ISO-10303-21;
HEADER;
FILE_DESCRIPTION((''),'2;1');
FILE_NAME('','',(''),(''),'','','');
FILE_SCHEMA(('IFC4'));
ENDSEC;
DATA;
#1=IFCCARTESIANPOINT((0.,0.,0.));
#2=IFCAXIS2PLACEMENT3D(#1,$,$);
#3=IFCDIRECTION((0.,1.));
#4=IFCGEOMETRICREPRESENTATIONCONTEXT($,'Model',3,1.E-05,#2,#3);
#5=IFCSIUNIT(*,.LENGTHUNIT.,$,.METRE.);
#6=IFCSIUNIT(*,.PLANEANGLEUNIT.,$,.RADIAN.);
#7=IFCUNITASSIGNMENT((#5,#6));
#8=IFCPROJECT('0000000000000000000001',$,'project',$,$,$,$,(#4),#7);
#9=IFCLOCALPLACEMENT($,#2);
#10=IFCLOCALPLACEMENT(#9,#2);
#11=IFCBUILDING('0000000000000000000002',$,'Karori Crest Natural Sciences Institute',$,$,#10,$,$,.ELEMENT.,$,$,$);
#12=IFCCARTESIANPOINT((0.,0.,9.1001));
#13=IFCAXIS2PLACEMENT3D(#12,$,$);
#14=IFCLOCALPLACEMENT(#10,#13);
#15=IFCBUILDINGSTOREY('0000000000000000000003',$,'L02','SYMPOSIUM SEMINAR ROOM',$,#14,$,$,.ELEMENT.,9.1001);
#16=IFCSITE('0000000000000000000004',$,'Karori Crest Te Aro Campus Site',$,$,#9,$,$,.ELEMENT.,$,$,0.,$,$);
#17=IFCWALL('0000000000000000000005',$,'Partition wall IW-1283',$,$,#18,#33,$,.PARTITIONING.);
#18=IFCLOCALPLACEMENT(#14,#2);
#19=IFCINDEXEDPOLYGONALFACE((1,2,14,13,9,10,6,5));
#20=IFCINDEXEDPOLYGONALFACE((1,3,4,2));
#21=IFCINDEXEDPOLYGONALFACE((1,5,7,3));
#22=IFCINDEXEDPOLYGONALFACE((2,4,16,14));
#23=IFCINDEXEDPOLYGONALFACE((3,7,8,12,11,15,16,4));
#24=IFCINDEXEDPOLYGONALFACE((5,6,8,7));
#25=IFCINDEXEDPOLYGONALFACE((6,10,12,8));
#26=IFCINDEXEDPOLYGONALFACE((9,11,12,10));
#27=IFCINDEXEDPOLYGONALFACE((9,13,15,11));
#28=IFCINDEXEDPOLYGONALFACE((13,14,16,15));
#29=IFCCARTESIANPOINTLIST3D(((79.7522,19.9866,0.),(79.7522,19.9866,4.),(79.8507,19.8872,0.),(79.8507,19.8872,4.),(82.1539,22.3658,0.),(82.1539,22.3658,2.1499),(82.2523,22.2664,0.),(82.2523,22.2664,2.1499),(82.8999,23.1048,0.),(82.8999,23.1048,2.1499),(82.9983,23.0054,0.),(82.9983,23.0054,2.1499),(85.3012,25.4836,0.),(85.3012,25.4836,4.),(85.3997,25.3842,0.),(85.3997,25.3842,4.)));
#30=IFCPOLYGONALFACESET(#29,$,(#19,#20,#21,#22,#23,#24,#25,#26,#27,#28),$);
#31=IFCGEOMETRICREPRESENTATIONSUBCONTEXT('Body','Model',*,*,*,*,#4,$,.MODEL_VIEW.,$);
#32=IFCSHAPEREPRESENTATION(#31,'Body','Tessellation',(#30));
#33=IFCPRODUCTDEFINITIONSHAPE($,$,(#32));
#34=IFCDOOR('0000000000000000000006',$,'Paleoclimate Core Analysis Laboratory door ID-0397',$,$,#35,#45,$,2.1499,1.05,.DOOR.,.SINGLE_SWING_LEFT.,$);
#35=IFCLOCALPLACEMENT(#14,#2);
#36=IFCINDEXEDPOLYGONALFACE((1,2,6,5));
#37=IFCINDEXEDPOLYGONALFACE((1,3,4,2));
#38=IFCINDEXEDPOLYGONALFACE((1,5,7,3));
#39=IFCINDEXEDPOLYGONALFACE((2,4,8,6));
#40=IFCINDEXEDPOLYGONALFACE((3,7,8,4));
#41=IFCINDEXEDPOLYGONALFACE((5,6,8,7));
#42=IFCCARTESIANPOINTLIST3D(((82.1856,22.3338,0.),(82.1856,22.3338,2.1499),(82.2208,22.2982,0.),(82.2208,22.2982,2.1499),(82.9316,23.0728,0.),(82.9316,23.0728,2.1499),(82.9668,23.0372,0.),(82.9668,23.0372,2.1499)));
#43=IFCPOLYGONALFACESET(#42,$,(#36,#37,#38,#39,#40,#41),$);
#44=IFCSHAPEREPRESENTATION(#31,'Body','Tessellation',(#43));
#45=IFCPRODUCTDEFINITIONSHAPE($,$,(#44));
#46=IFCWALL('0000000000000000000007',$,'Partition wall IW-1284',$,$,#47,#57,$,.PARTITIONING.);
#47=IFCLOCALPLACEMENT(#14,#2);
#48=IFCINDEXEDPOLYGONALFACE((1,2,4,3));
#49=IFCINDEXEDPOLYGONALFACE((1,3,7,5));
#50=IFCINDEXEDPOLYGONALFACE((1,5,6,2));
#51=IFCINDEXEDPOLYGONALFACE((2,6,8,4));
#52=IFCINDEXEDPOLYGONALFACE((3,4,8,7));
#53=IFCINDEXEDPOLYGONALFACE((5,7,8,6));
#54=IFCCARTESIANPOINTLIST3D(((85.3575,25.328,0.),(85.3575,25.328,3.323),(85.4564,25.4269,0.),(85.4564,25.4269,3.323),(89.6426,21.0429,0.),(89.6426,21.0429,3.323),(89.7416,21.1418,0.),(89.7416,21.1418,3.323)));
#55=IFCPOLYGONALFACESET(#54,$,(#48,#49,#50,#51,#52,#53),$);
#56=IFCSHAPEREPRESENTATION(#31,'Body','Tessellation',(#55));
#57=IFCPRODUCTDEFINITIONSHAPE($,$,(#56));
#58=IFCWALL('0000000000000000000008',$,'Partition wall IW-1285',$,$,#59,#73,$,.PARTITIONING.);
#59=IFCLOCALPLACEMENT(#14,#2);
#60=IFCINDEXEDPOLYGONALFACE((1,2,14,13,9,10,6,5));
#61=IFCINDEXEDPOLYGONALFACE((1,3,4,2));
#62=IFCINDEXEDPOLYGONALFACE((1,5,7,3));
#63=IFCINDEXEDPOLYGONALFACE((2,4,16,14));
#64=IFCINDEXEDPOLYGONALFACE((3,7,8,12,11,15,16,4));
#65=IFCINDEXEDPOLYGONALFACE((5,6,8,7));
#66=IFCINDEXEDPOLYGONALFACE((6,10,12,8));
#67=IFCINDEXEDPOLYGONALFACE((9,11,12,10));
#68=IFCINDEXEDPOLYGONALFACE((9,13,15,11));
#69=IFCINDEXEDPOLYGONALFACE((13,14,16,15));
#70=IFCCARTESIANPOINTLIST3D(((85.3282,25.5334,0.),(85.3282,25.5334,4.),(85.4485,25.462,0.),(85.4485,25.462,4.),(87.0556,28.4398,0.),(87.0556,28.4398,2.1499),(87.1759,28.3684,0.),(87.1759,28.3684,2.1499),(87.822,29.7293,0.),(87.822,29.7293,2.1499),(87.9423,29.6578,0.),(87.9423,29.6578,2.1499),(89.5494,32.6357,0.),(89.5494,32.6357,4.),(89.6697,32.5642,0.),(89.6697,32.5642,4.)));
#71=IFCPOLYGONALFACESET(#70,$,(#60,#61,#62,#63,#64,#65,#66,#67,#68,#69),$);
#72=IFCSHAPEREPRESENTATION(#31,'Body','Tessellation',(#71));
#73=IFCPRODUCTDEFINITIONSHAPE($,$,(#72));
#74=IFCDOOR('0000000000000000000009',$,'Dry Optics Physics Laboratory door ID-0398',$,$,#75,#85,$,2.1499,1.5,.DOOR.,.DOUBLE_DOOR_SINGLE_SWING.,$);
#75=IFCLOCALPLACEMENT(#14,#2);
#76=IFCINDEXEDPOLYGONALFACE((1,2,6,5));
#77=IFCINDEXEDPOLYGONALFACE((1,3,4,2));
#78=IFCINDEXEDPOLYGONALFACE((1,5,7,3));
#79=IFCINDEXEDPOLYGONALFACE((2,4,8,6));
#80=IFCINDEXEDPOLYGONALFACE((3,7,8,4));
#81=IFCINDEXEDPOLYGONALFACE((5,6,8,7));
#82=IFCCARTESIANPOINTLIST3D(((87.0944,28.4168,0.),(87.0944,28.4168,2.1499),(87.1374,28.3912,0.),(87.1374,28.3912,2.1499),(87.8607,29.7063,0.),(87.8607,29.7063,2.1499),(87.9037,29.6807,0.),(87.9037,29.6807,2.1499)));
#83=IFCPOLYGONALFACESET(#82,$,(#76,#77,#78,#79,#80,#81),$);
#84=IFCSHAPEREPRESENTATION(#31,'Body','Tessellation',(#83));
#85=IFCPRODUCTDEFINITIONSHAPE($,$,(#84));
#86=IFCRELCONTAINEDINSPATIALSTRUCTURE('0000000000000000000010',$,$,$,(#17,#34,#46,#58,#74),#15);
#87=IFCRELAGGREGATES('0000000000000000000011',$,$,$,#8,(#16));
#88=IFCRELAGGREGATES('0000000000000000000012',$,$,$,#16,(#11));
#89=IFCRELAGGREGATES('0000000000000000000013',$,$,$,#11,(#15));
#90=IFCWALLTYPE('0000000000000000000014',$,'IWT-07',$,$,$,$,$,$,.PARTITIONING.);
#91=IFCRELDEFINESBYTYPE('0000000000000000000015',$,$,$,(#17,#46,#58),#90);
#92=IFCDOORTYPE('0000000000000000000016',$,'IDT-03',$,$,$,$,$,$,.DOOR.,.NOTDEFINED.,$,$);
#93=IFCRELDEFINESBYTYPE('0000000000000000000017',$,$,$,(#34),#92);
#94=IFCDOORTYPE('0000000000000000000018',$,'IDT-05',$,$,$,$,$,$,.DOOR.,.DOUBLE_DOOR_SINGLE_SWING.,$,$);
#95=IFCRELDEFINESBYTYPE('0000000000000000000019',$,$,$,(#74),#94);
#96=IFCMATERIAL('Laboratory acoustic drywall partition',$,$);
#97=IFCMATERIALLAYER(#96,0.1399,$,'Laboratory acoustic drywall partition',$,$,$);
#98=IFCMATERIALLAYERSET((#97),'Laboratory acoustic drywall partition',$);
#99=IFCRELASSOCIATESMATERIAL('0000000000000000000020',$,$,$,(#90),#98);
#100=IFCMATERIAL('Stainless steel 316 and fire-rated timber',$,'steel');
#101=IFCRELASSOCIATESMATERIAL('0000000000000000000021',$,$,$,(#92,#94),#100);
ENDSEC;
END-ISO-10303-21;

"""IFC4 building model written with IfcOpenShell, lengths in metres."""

from ifc_helpers import new_model, si_unit, direction, frame, frame_2d, origin, place, context, subcontext, project, spatial, rectangle, extrude, material, layer, layer_set, type_object, element, fill, save


model = new_model("IFC4")

# Units and contexts
model_context = context("Model", 3, precision=1e-05, world=origin(), true_north=direction((0.0, 1.0)))
body_context = subcontext(model_context, "Body", "Model", "MODEL_VIEW")
ifc_project = project(units=[si_unit("LENGTHUNIT", "METRE"), si_unit("PLANEANGLEUNIT", "RADIAN")], contexts=[model_context])

# Site, building, storey
site_placement = place(None, origin())
site = spatial("IfcSite", under=ifc_project, at=site_placement, Name="Karori Crest Te Aro Campus Site", CompositionType="ELEMENT", RefElevation=0.0)
building_placement = place(site_placement, origin())
building = spatial("IfcBuilding", under=site, at=building_placement, Name="Karori Crest Natural Sciences Institute", CompositionType="ELEMENT")
storey_placement = place(building_placement, frame((0.0, 0.0, 9.1001)))
storey = spatial("IfcBuildingStorey", under=building, at=storey_placement, Name="L02", Description="SYMPOSIUM SEMINAR ROOM", CompositionType="ELEMENT", Elevation=9.1001)

# Shared definitions
ifc_material_1 = material(Name="Laboratory acoustic drywall partition")
ifc_layer_1 = layer(ifc_material_1, 0.1399, Name="Laboratory acoustic drywall partition")
ifc_layer_set_1 = layer_set([ifc_layer_1], Name="Laboratory acoustic drywall partition")
wall_type = type_object("IfcWallType", Name="IWT-07", PredefinedType="PARTITIONING", material=ifc_layer_set_1)

# Wall, opening, door
wall_1_placement = place(storey_placement, frame((79.8015, 19.937, 0.0), z_axis=(0.0, 0.0, 1.0), x_axis=(0.710428, 0.70377, 0.0)))
wall_1 = element("IfcWall", 1, at=wall_1_placement, inside=storey, type_object=wall_type, Name="Partition wall IW-1283", PredefinedType="PARTITIONING", context=body_context, shape_type="SweptSolid", body=[
    extrude(rectangle(XDim=7.8108, YDim=0.1399, at=frame_2d((3.9053, 0.0))), origin(), (0.0, 0.0, 1.0), 4.0),
])
opening_1_placement = place(wall_1_placement, frame((3.3806, 0.0, 0.0)))
opening_1 = element("IfcOpeningElement", 2, at=opening_1_placement, cuts=wall_1, PredefinedType="OPENING", context=body_context, shape_type="SweptSolid", body=[
    extrude(rectangle(XDim=1.05, YDim=2.1499, at=frame_2d((0.5249, 1.075))), frame((0.0, 0.0801, 0.0), z_axis=(0.0, -1.0, 0.0), x_axis=(1.0, 0.0, 0.0)), (0.0, 0.0, 1.0), 0.1599),
])
ifc_material_2 = material(Name="Stainless steel 316 and fire-rated timber", Category="steel")
door_type_1 = type_object("IfcDoorType", Name="IDT-03", OperationType="NOTDEFINED", PredefinedType="DOOR", material=ifc_material_2)
door_1_placement = place(opening_1_placement, origin())
door_1 = element("IfcDoor", 3, at=door_1_placement, inside=storey, type_object=door_type_1, Name="Paleoclimate Core Analysis Laboratory door ID-0397", OperationType="SINGLE_SWING_LEFT", OverallHeight=2.1499, OverallWidth=1.05, PredefinedType="DOOR", context=body_context, shape_type="SweptSolid", body=[
    extrude(rectangle(XDim=1.05, YDim=2.1499, at=frame_2d((0.5249, 1.075))), frame((0.0, 0.0249, 0.0), z_axis=(0.0, -1.0, 0.0), x_axis=(1.0, 0.0, 0.0)), (0.0, 0.0, 1.0), 0.05),
])
fill(opening_1, door_1)

# Wall
wall_2_placement = place(storey_placement, frame((85.407, 25.3774, 0.0), z_axis=(0.0, 0.0, 1.0), x_axis=(0.707107, -0.707107, 0.0)))
element("IfcWall", 4, at=wall_2_placement, inside=storey, type_object=wall_type, Name="Partition wall IW-1284", PredefinedType="PARTITIONING", context=body_context, shape_type="SweptSolid", body=[
    extrude(rectangle(XDim=6.0601, YDim=0.1399, at=frame_2d((3.03, 0.0))), origin(), (0.0, 0.0, 1.0), 3.323),
])

# Wall, opening, door
wall_3_placement = place(storey_placement, frame((85.3884, 25.4978, 0.0), z_axis=(0.0, 0.0, 1.0), x_axis=(0.510915, 0.859631, 0.0)))
wall_3 = element("IfcWall", 5, at=wall_3_placement, inside=storey, type_object=wall_type, Name="Partition wall IW-1285", PredefinedType="PARTITIONING", context=body_context, shape_type="SweptSolid", body=[
    extrude(rectangle(XDim=8.262, YDim=0.1399, at=frame_2d((4.1309, 0.0))), origin(), (0.0, 0.0, 1.0), 4.0),
])
opening_2_placement = place(wall_3_placement, frame((3.3809, 0.0, 0.0)))
opening_2 = element("IfcOpeningElement", 6, at=opening_2_placement, cuts=wall_3, PredefinedType="OPENING", context=body_context, shape_type="SweptSolid", body=[
    extrude(rectangle(XDim=1.5, YDim=2.1499, at=frame_2d((0.75, 1.075))), frame((0.0, 0.0801, 0.0), z_axis=(0.0, -1.0, 0.0), x_axis=(1.0, 0.0, 0.0)), (0.0, 0.0, 1.0), 0.1599),
])
door_type_2 = type_object("IfcDoorType", Name="IDT-05", OperationType="DOUBLE_DOOR_SINGLE_SWING", PredefinedType="DOOR", material=ifc_material_2)
door_2_placement = place(opening_2_placement, origin())
door_2 = element("IfcDoor", 7, at=door_2_placement, inside=storey, type_object=door_type_2, Name="Dry Optics Physics Laboratory door ID-0398", OperationType="DOUBLE_DOOR_SINGLE_SWING", OverallHeight=2.1499, OverallWidth=1.5, PredefinedType="DOOR", context=body_context, shape_type="SweptSolid", body=[
    extrude(rectangle(XDim=1.5, YDim=2.1499, at=frame_2d((0.75, 1.075))), frame((0.0, 0.0249, 0.0), z_axis=(0.0, -1.0, 0.0), x_axis=(1.0, 0.0, 0.0)), (0.0, 0.0, 1.0), 0.05),
])
fill(opening_2, door_2)

save(model, "model.ifc")
